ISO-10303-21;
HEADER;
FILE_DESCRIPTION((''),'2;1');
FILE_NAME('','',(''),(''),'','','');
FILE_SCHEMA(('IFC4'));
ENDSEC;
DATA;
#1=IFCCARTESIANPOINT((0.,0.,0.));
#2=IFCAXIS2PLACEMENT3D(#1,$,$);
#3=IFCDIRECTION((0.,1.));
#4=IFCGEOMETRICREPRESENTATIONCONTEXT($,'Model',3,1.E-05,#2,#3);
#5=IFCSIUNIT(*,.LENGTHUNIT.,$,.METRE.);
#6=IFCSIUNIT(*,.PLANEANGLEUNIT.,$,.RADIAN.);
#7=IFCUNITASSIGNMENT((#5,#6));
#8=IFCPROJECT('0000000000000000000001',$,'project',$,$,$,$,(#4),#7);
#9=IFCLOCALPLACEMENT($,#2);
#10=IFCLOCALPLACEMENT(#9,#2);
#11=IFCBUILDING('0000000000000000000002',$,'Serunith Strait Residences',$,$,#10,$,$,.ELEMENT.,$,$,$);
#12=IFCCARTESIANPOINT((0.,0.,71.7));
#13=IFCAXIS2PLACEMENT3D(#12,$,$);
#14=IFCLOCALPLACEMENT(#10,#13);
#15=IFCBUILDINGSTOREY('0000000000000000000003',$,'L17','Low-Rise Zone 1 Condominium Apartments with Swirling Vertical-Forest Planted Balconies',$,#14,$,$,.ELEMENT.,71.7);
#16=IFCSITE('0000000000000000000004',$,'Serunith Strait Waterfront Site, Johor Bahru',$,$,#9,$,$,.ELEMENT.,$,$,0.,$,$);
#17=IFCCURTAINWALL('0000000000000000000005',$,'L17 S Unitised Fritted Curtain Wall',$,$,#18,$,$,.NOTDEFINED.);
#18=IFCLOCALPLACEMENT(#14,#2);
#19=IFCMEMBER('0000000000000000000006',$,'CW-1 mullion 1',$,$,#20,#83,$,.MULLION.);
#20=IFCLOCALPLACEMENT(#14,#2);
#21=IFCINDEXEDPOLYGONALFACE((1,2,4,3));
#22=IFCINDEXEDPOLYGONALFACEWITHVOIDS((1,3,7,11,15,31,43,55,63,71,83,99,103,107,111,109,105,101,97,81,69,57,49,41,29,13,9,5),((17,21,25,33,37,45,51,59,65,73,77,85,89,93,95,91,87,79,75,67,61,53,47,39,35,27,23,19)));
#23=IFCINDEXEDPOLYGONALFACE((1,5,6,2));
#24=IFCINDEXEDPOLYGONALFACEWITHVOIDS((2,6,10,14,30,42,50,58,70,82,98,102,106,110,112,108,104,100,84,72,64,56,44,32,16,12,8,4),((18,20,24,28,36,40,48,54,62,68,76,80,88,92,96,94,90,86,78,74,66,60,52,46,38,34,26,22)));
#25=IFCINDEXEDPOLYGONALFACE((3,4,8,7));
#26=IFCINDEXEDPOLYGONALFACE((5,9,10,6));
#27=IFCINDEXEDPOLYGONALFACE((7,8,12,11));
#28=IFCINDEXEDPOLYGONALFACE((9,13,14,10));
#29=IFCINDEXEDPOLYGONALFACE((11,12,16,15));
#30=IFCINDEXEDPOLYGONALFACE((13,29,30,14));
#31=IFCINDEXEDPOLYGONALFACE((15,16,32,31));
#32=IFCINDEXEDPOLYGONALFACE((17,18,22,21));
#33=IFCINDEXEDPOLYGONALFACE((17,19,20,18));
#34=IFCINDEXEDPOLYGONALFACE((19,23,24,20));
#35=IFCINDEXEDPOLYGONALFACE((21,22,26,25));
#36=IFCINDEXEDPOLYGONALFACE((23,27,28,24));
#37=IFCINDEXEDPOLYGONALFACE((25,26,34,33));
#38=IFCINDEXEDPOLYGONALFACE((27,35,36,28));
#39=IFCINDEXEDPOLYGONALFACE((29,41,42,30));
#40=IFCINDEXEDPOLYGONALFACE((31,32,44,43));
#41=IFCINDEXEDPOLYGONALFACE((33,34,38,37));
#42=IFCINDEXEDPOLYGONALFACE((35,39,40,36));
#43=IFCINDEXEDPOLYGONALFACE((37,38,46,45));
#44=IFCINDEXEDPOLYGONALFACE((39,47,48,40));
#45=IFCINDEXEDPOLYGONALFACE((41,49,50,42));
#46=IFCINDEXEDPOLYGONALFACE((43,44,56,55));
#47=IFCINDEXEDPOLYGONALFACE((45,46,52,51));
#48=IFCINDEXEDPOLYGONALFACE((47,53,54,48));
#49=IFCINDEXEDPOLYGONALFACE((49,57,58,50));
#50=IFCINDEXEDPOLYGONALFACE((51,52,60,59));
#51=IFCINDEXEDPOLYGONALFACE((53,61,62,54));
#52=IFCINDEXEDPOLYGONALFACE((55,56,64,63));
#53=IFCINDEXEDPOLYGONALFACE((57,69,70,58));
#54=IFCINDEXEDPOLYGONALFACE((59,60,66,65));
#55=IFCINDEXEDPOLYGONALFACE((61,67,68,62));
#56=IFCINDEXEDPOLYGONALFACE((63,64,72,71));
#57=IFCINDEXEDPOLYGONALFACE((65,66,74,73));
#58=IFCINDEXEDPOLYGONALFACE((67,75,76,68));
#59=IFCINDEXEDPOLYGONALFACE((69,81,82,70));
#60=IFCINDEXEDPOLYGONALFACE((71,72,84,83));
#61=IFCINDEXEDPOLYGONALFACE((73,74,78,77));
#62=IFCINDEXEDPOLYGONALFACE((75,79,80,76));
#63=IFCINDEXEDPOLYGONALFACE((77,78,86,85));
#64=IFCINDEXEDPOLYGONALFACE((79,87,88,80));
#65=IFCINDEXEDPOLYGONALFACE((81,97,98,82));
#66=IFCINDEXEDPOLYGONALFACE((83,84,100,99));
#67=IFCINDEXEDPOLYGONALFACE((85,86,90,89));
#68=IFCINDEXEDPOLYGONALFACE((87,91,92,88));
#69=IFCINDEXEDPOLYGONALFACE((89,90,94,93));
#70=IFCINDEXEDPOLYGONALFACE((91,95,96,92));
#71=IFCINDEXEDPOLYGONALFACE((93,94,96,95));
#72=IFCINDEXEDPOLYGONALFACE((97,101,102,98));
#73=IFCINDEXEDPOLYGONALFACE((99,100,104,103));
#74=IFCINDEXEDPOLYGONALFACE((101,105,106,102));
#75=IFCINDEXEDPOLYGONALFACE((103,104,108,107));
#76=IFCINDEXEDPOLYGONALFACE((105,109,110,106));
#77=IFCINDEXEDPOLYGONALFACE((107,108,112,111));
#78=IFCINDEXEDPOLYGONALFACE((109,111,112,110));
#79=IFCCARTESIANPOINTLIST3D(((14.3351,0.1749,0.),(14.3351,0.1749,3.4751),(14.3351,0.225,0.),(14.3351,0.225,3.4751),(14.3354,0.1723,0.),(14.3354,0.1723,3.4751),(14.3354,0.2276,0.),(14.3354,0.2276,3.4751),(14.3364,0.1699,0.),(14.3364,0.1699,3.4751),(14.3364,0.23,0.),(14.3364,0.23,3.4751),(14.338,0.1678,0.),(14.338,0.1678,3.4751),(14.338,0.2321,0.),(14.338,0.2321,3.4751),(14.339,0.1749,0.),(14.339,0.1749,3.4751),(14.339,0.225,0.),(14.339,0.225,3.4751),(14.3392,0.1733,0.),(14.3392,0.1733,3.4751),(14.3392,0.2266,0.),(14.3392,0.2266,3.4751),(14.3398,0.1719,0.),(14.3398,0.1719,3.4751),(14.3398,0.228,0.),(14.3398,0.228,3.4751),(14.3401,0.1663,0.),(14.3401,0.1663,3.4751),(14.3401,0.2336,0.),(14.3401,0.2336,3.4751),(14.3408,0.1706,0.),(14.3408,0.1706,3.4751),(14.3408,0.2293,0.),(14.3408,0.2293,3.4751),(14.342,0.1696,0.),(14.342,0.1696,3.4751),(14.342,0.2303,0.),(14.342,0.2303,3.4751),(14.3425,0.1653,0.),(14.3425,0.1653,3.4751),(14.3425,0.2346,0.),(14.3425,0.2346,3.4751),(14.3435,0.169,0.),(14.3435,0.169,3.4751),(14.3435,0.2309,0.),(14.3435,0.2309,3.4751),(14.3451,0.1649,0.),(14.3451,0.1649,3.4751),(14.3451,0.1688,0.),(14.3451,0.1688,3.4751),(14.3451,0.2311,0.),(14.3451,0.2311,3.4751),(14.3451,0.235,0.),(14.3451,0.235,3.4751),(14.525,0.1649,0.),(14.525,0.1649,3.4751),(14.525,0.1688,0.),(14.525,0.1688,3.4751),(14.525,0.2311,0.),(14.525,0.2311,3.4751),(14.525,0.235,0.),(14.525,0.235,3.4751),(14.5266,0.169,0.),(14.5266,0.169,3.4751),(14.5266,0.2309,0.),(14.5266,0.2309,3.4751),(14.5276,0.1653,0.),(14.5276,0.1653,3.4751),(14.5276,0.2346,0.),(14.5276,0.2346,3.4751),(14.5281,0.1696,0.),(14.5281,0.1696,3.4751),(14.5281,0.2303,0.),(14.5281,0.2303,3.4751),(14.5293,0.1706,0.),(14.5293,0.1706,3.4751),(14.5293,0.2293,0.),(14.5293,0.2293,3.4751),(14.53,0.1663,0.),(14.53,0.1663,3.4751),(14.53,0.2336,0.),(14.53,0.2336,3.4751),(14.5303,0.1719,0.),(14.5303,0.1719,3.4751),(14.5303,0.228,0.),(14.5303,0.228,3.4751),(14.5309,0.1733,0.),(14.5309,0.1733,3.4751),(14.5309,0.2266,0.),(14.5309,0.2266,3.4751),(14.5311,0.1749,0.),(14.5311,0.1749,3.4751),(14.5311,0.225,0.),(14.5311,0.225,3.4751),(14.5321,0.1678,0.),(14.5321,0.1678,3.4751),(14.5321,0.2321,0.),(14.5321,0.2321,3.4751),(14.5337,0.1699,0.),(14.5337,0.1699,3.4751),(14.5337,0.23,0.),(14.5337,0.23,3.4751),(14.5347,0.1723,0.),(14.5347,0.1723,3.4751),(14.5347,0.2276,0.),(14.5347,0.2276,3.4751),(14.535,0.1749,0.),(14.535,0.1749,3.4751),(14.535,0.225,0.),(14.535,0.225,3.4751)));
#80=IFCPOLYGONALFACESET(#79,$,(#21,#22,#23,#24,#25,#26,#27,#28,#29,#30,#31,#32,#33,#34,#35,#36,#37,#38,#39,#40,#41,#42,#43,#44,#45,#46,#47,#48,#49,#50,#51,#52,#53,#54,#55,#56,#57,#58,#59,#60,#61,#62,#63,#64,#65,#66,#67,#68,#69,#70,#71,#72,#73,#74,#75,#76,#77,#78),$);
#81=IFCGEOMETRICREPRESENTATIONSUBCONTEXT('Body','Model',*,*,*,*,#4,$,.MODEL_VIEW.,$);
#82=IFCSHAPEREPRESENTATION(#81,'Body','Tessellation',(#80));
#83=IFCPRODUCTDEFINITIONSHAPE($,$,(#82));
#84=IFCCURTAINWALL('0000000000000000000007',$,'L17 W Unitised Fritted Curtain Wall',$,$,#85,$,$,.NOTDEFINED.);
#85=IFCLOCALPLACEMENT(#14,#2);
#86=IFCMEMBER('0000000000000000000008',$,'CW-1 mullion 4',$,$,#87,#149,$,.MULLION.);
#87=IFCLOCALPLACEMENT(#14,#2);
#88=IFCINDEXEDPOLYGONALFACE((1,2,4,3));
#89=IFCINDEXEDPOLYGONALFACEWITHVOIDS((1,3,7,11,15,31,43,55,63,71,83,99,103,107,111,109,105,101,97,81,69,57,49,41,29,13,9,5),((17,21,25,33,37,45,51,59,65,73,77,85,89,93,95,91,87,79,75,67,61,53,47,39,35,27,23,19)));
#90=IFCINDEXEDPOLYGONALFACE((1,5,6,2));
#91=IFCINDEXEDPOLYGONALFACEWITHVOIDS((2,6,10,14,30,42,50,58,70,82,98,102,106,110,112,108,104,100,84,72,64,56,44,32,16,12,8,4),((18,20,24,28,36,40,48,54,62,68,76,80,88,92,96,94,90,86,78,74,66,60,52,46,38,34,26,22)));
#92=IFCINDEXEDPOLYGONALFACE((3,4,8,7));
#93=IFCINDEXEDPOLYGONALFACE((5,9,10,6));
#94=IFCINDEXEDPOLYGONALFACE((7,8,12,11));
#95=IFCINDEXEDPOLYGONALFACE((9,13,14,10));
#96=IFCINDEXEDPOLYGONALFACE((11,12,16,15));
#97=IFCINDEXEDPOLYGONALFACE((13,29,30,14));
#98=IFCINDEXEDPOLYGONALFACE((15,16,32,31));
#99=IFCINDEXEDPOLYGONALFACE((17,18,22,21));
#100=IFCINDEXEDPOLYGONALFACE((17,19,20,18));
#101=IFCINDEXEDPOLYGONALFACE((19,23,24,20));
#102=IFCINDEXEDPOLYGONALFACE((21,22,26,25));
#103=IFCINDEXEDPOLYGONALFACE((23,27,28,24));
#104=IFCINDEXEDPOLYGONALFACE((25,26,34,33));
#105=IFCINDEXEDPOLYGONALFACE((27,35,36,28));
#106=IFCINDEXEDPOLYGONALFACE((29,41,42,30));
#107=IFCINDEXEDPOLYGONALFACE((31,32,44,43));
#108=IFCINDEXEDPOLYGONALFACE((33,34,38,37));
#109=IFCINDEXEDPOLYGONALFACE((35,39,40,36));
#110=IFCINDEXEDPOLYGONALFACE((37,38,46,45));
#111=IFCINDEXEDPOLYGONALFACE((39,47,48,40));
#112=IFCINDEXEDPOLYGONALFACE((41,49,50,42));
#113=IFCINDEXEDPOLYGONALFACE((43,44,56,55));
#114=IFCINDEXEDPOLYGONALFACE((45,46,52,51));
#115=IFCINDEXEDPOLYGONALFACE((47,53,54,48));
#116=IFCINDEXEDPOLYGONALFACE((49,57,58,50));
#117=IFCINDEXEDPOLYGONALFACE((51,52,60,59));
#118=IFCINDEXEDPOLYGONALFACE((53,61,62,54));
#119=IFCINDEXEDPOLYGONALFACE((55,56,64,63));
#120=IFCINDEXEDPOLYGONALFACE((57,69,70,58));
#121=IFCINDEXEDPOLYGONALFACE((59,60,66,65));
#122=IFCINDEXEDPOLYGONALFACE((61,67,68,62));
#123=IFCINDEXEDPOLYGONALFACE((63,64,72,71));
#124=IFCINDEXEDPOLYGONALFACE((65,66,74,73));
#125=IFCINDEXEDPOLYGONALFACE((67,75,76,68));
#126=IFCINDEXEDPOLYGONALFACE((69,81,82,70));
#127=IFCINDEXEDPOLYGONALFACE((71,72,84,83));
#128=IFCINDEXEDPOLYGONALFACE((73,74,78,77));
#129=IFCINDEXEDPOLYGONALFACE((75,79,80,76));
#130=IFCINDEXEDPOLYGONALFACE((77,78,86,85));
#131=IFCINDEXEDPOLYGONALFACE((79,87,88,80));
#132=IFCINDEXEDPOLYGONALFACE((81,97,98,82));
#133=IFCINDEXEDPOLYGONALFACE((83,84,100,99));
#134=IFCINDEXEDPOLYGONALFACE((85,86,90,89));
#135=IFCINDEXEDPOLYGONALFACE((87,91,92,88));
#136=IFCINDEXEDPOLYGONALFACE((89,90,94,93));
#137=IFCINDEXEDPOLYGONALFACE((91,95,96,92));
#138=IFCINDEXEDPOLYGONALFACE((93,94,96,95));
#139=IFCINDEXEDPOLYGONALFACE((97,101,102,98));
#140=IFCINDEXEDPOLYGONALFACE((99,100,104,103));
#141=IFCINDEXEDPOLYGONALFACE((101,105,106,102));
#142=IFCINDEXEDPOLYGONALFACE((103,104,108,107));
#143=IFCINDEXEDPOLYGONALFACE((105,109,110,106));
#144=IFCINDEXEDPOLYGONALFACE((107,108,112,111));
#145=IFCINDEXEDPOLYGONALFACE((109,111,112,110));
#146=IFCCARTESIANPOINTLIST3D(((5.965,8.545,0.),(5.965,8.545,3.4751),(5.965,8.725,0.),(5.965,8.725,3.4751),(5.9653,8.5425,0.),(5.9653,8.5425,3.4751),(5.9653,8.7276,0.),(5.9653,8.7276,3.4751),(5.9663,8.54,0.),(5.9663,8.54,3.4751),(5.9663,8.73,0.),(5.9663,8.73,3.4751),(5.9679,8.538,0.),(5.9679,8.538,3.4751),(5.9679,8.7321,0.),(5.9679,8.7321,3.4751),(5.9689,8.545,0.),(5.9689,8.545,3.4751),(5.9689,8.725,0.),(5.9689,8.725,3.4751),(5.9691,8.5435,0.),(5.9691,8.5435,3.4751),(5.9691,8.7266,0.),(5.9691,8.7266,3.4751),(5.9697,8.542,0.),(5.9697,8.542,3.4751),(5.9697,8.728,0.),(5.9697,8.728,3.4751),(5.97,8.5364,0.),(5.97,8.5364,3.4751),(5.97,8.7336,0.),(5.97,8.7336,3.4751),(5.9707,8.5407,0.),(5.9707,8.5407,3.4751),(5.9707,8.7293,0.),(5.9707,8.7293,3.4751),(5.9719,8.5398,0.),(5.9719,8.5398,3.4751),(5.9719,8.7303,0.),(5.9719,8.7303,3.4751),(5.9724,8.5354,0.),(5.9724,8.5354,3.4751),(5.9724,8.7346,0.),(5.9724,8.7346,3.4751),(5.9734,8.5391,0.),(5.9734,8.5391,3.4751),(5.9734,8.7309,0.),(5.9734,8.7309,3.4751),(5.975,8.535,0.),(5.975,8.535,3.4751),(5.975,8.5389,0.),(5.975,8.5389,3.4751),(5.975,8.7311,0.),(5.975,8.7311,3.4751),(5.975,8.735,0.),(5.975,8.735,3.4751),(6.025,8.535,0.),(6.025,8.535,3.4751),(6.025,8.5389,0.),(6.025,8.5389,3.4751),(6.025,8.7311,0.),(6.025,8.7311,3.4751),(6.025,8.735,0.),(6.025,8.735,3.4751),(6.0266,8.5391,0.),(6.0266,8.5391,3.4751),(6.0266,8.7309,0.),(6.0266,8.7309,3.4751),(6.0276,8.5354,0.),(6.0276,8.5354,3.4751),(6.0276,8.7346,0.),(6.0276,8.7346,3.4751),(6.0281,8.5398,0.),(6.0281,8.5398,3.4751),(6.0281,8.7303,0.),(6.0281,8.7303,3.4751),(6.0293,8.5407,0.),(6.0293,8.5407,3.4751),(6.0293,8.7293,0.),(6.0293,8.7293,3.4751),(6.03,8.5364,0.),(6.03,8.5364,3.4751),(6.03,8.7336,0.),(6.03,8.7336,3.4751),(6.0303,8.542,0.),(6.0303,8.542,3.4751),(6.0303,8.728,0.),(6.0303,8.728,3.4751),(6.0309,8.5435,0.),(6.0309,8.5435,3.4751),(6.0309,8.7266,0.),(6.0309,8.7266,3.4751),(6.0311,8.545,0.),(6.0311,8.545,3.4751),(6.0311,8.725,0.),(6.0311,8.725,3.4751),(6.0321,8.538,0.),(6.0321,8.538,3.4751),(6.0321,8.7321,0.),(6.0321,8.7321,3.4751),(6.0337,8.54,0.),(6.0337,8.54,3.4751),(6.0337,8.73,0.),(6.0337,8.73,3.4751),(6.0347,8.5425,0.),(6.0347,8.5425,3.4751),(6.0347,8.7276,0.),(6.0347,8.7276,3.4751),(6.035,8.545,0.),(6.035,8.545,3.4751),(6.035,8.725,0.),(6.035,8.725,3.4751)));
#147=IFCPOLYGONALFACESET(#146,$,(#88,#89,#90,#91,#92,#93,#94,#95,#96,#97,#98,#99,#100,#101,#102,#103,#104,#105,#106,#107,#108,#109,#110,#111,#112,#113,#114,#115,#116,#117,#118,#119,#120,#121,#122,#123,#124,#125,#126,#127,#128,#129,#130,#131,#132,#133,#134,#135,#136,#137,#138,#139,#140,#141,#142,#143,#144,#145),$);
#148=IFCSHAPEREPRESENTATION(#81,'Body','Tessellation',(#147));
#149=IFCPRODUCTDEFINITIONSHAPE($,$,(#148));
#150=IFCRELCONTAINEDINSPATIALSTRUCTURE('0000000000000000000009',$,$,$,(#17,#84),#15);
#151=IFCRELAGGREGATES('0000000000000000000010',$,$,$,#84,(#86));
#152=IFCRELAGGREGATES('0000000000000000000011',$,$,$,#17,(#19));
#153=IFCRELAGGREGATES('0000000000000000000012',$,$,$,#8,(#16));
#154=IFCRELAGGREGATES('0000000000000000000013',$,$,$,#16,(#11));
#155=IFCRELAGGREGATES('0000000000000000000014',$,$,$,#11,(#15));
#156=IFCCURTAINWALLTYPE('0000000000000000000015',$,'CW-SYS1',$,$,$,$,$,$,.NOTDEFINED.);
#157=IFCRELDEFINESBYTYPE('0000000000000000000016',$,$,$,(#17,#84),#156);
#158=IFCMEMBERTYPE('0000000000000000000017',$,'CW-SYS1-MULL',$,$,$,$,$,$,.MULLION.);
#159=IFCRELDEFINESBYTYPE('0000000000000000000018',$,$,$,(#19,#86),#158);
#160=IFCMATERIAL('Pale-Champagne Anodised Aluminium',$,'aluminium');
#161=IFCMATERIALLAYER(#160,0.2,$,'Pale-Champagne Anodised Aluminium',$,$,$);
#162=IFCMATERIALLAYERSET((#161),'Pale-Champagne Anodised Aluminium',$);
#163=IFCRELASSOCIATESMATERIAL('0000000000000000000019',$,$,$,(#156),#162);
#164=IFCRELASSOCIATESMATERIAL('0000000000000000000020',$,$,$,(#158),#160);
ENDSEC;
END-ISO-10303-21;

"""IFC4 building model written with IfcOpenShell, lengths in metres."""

from ifc_helpers import new_model, si_unit, direction, frame, origin, origin_2d, place, context, subcontext, project, spatial, hollow_rectangle, extrude, source, transform, mapped, material, layer, layer_set, material_profile, profile_set, type_object, element, aggregate, save


model = new_model("IFC4")

# Units and contexts
model_context = context("Model", 3, precision=1e-05, world=origin(), true_north=direction((0.0, 1.0)))
body_context = subcontext(model_context, "Body", "Model", "MODEL_VIEW")
ifc_project = project(units=[si_unit("LENGTHUNIT", "METRE"), si_unit("PLANEANGLEUNIT", "RADIAN")], contexts=[model_context])

# Site, building, storey
site_placement = place(None, origin())
site = spatial("IfcSite", under=ifc_project, at=site_placement, Name="Serunith Strait Waterfront Site, Johor Bahru", CompositionType="ELEMENT", RefElevation=0.0)
building_placement = place(site_placement, origin())
building = spatial("IfcBuilding", under=site, at=building_placement, Name="Serunith Strait Residences", CompositionType="ELEMENT")
storey_placement = place(building_placement, frame((0.0, 0.0, 71.7)))
storey = spatial("IfcBuildingStorey", under=building, at=storey_placement, Name="L17", Description="Low-Rise Zone 1 Condominium Apartments with Swirling Vertical-Forest Planted Balconies", CompositionType="ELEMENT", Elevation=71.7)

# Curtain walls, members
ifc_material_1 = material(Name="Pale-Champagne Anodised Aluminium", Category="aluminium")
ifc_layer_1 = layer(ifc_material_1, 0.2, Name="Pale-Champagne Anodised Aluminium")
ifc_layer_set_1 = layer_set([ifc_layer_1], Name="Pale-Champagne Anodised Aluminium")
curtain_wall_type = type_object("IfcCurtainWallType", Name="CW-SYS1", PredefinedType="NOTDEFINED", material=ifc_layer_set_1)
curtain_wall_1_placement = place(storey_placement, origin())
curtain_wall_1 = element("IfcCurtainWall", 1, at=curtain_wall_1_placement, inside=storey, type_object=curtain_wall_type, Name="L17 S Unitised Fritted Curtain Wall", PredefinedType="NOTDEFINED")
ifc_material_profile_1 = material_profile(ifc_material_1, hollow_rectangle(XDim=0.0701, YDim=0.2, WallThickness=0.0039, InnerFilletRadius=0.0061, OuterFilletRadius=0.01, at=origin_2d()), Name="ALU 200x70x4")
ifc_profile_set_1 = profile_set([ifc_material_profile_1], Name="Pale-Champagne Anodised Aluminium")
member_type_1 = type_object("IfcMemberType", Name="CW-SYS1-MULL", PredefinedType="MULLION", material=ifc_profile_set_1)
shared_shape_1 = source(origin(), body_context, "Body", "SweptSolid", [
    extrude(hollow_rectangle(XDim=0.0701, YDim=0.2, WallThickness=0.0039, InnerFilletRadius=0.0061, OuterFilletRadius=0.01, at=origin_2d()), origin(), (0.0, 0.0, 1.0), 3.4751),
])
member_1_placement = place(storey_placement, frame((14.4351, 0.2, 0.0), z_axis=(0.0, 0.0, 1.0), x_axis=(0.0, 1.0, 0.0)))
member_1 = element("IfcMember", 2, at=member_1_placement, type_object=member_type_1, Name="CW-1 mullion 1", PredefinedType="MULLION", context=body_context, shape_type="MappedRepresentation", body=[
    mapped(shared_shape_1, transform((0.0, 0.0, 0.0), scale=1.0)),
])
curtain_wall_2_placement = place(storey_placement, origin())
curtain_wall_2 = element("IfcCurtainWall", 3, at=curtain_wall_2_placement, inside=storey, type_object=curtain_wall_type, Name="L17 W Unitised Fritted Curtain Wall", PredefinedType="NOTDEFINED")
member_2_placement = place(storey_placement, frame((6.0, 8.635, 0.0), z_axis=(0.0, 0.0, 1.0), x_axis=(1.0, 0.0, 0.0)))
member_2 = element("IfcMember", 4, at=member_2_placement, type_object=member_type_1, Name="CW-1 mullion 4", PredefinedType="MULLION", context=body_context, shape_type="MappedRepresentation", body=[
    mapped(shared_shape_1, transform((0.0, 0.0, 0.0), scale=1.0)),
])
aggregate(curtain_wall_2, [member_2])

aggregate(curtain_wall_1, [member_1])

save(model, "model.ifc")
